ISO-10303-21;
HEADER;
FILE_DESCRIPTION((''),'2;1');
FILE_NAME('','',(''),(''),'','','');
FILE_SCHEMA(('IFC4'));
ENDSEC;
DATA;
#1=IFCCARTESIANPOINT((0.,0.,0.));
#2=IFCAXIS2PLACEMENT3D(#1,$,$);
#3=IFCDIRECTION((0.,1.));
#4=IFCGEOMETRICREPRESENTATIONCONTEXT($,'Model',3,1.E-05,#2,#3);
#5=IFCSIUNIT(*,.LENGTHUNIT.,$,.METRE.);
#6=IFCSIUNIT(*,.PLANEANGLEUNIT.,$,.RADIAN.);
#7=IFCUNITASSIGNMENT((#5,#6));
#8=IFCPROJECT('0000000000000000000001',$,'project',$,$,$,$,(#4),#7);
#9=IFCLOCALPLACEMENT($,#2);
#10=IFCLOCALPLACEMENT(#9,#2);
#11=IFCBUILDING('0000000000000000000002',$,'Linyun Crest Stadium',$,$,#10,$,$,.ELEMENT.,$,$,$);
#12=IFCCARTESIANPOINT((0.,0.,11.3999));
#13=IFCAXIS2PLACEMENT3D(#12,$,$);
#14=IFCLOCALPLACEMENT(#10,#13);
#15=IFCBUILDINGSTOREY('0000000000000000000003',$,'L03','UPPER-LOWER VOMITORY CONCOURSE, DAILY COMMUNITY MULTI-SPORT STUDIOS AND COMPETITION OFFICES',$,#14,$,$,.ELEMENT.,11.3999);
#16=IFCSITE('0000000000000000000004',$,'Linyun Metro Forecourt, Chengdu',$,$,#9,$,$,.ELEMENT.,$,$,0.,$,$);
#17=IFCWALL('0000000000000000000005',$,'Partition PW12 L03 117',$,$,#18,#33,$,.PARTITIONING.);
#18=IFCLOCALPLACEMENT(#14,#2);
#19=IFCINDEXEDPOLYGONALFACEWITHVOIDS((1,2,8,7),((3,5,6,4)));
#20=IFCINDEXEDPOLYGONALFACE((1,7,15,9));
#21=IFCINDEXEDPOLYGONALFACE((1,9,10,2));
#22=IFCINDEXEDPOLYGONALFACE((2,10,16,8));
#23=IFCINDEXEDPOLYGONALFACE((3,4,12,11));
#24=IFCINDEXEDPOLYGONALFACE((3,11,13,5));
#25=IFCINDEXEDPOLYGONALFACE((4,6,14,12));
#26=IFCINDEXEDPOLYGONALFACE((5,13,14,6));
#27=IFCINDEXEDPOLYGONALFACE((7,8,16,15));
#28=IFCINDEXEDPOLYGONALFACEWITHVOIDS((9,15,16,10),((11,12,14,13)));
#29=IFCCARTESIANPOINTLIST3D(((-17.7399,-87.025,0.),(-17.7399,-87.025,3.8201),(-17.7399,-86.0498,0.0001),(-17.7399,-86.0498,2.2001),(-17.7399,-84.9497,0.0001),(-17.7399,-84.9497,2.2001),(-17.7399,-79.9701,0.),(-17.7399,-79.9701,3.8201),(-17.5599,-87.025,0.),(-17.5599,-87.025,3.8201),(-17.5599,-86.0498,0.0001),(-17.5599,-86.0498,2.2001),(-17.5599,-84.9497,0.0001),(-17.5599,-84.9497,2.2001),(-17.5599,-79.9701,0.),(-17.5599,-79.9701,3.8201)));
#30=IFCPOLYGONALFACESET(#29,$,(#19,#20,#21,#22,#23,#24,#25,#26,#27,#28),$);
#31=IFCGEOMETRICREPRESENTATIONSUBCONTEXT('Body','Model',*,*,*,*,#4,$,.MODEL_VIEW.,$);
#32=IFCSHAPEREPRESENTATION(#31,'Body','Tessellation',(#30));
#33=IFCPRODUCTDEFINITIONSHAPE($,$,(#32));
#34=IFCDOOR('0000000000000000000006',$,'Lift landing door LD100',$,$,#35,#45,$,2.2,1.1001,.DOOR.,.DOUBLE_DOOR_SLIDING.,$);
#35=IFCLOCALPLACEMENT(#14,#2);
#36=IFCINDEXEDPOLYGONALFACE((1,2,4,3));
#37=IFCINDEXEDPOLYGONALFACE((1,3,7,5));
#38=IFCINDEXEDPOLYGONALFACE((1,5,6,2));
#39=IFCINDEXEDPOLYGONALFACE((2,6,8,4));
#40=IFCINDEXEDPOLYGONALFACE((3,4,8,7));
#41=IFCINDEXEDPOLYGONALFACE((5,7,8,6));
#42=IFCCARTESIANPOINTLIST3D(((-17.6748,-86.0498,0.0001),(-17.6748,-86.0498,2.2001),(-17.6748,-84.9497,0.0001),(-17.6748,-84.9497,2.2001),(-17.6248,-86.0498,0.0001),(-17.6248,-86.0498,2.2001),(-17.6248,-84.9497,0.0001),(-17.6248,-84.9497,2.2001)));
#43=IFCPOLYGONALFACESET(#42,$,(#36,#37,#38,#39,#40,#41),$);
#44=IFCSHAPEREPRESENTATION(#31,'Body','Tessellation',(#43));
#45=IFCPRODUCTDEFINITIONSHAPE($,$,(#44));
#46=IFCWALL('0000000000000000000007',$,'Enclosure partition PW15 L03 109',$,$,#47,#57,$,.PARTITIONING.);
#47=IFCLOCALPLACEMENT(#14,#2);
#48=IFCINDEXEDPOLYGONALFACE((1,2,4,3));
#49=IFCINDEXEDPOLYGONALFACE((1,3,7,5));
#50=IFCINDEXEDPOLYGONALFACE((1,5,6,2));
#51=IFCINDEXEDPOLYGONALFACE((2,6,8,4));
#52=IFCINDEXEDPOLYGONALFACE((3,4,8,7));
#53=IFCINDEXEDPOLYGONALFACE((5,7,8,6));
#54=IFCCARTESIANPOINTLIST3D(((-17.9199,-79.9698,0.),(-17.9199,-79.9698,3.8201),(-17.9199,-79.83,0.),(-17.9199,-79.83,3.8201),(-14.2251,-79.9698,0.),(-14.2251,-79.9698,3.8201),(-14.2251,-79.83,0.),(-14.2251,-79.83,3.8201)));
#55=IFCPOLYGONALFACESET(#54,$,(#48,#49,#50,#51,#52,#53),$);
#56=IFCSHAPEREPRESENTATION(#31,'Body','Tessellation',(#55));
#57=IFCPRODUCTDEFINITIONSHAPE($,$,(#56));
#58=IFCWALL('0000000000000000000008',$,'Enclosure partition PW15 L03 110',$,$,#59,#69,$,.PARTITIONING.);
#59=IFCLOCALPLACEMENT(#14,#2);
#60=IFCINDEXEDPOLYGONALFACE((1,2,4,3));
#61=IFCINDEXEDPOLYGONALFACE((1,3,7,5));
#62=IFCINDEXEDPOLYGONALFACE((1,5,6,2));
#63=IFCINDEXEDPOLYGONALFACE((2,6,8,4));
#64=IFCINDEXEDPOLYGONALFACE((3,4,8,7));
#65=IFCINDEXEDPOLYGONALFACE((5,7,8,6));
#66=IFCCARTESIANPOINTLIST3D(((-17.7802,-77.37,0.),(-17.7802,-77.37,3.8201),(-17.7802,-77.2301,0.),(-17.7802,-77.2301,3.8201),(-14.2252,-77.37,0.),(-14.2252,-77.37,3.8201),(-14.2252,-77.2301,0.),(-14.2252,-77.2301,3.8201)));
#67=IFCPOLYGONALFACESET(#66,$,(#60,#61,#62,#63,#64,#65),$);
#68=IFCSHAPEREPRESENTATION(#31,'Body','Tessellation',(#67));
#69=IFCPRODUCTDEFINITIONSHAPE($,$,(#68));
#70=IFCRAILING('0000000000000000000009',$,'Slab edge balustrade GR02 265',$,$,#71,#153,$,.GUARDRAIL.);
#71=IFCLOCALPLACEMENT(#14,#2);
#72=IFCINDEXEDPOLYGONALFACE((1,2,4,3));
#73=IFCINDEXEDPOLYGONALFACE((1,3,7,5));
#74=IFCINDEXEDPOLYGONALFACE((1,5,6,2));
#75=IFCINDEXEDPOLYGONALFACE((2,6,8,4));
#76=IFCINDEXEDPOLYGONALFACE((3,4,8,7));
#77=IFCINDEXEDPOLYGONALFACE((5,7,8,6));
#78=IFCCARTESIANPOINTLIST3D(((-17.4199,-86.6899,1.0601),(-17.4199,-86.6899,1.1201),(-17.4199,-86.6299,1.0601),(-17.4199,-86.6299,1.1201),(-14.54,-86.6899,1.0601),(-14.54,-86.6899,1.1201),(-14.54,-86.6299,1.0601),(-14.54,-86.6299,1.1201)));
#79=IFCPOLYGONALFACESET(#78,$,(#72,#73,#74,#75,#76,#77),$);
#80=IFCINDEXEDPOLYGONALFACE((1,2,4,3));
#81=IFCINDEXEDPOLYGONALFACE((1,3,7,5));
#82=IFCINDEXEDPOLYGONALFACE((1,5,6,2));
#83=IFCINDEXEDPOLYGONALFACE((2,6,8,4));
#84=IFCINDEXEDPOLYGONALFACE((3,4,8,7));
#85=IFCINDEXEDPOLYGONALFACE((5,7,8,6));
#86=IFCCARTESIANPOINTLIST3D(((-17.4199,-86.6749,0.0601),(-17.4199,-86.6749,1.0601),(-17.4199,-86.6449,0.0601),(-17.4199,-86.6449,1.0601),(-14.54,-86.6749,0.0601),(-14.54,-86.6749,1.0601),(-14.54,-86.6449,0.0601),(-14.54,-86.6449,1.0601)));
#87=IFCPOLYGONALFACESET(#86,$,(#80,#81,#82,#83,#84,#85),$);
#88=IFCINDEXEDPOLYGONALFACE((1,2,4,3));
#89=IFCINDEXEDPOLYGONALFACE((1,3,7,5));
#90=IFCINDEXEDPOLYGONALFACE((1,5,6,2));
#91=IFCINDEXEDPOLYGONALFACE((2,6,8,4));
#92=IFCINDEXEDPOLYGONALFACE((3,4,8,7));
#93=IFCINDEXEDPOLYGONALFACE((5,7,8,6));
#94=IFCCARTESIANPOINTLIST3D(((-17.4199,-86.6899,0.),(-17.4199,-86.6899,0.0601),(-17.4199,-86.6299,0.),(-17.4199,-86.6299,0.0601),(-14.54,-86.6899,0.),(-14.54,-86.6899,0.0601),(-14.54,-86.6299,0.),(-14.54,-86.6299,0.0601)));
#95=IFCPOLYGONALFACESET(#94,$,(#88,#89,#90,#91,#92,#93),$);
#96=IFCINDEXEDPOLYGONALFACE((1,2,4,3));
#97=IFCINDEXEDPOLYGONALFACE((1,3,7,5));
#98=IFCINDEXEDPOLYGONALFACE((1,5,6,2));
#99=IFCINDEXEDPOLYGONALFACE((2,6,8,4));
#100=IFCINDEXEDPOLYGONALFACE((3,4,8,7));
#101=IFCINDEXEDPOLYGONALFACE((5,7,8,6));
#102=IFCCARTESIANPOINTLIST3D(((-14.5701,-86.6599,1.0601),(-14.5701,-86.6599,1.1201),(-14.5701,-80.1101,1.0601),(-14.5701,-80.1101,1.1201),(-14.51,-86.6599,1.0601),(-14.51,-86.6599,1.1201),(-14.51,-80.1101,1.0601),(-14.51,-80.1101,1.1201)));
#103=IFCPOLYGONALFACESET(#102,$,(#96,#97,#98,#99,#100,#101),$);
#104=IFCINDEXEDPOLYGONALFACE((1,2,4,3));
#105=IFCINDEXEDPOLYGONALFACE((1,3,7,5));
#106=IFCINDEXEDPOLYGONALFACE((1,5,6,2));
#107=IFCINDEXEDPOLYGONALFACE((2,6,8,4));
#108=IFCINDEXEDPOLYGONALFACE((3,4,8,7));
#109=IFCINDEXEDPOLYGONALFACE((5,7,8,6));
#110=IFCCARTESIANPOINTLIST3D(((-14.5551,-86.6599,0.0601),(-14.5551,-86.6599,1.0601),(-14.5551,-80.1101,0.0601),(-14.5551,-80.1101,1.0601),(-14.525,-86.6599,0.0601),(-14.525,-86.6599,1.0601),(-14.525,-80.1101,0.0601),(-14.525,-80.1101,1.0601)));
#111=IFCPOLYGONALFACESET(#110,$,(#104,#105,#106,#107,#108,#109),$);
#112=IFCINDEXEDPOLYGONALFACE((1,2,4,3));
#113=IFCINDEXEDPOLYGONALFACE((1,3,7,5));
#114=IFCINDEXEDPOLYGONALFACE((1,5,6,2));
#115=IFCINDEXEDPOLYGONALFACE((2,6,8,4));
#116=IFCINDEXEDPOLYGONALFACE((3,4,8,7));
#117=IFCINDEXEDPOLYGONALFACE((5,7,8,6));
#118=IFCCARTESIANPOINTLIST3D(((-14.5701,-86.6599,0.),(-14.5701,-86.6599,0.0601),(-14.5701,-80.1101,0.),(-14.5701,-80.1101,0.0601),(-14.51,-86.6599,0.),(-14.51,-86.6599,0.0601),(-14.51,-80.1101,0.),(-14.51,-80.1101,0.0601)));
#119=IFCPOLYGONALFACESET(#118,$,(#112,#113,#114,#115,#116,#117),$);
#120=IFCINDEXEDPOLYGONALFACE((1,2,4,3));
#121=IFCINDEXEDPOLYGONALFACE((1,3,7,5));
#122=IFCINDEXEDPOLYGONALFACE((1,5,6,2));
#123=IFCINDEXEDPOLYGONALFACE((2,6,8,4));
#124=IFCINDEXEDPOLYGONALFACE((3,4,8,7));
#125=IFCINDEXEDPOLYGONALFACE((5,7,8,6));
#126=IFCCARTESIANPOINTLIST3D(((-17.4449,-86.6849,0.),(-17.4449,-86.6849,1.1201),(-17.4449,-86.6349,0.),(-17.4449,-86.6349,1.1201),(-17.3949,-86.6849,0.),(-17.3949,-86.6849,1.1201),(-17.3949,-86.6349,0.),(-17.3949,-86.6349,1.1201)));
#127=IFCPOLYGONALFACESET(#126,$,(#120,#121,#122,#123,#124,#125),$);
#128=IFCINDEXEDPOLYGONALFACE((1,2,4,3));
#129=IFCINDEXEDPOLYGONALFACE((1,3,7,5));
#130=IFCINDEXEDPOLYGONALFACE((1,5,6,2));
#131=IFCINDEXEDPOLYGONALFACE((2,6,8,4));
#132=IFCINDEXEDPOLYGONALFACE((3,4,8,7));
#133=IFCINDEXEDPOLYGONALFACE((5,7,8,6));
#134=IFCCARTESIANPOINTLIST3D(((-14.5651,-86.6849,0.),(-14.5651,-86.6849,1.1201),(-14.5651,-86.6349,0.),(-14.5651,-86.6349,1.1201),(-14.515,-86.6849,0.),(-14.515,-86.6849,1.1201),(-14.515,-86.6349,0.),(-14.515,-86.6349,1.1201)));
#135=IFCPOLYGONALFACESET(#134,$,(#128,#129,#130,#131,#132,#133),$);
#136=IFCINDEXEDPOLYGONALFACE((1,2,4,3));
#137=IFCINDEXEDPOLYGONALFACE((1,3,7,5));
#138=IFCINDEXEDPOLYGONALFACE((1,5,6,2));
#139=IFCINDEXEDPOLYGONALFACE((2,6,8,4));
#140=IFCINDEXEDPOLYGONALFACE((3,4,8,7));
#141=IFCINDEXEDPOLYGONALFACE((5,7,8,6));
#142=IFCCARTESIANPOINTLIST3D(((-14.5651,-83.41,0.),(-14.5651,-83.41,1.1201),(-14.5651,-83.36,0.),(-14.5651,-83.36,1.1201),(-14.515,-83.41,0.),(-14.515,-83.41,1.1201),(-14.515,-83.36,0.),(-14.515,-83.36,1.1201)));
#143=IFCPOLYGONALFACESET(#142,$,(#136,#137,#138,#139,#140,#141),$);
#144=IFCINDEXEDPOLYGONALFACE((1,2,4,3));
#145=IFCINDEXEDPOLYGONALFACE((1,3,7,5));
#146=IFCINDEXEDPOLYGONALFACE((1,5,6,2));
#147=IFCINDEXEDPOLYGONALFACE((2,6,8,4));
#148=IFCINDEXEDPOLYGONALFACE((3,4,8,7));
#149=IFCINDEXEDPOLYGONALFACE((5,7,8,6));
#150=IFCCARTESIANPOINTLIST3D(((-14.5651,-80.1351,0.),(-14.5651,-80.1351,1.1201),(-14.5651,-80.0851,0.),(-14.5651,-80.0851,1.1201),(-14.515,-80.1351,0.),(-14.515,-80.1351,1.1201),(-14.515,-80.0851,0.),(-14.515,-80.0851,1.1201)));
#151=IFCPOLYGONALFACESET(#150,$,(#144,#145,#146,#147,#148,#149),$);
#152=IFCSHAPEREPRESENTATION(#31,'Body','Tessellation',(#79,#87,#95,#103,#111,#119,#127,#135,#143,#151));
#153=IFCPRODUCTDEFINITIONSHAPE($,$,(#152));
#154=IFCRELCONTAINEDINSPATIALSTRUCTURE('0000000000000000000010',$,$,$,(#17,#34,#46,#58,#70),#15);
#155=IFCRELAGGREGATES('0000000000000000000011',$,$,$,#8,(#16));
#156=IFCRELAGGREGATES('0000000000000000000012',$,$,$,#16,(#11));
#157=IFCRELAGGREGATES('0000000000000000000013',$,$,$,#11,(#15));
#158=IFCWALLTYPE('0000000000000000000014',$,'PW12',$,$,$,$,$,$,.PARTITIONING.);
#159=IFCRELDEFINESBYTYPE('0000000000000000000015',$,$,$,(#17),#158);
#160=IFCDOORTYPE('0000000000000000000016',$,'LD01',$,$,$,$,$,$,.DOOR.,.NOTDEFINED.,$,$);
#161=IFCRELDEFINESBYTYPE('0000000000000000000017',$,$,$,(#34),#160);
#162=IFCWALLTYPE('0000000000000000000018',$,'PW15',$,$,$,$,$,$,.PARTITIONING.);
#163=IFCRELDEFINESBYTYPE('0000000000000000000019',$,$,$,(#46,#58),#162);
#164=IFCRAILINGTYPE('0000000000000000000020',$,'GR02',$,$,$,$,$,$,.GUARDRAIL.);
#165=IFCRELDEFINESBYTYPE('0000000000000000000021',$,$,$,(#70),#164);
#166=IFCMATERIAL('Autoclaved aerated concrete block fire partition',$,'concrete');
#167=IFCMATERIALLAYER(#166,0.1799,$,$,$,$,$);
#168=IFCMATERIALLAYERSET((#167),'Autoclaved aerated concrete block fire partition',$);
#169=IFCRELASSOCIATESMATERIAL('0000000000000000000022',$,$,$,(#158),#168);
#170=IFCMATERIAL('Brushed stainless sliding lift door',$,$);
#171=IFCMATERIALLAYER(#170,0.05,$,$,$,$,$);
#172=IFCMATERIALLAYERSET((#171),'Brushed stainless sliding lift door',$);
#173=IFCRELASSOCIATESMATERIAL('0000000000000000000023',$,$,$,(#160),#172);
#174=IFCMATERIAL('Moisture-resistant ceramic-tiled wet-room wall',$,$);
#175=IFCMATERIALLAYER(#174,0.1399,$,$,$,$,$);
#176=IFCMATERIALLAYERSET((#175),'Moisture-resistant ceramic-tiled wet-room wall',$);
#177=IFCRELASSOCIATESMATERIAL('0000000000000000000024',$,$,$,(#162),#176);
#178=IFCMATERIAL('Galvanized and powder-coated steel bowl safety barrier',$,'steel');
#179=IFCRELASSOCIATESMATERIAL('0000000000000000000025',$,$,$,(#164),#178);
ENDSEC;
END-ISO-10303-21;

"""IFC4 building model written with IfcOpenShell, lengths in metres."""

from ifc_helpers import new_model, si_unit, direction, frame, frame_2d, origin, origin_2d, place, context, subcontext, project, spatial, rectangle, extrude, material, layer, layer_set, type_object, element, fill, save


model = new_model("IFC4")

# Units and contexts
model_context = context("Model", 3, precision=1e-05, world=origin(), true_north=direction((0.0, 1.0)))
body_context = subcontext(model_context, "Body", "Model", "MODEL_VIEW")
ifc_project = project(units=[si_unit("LENGTHUNIT", "METRE"), si_unit("PLANEANGLEUNIT", "RADIAN")], contexts=[model_context])

# Site, building, storey
site_placement = place(None, origin())
site = spatial("IfcSite", under=ifc_project, at=site_placement, Name="Linyun Metro Forecourt, Chengdu", CompositionType="ELEMENT", RefElevation=0.0)
building_placement = place(site_placement, origin())
building = spatial("IfcBuilding", under=site, at=building_placement, Name="Linyun Crest Stadium", CompositionType="ELEMENT")
storey_placement = place(building_placement, frame((0.0, 0.0, 11.3999)))
storey = spatial("IfcBuildingStorey", under=building, at=storey_placement, Name="L03", Description="UPPER-LOWER VOMITORY CONCOURSE, DAILY COMMUNITY MULTI-SPORT STUDIOS AND COMPETITION OFFICES", CompositionType="ELEMENT", Elevation=11.3999)

# Wall, opening, door
ifc_material_1 = material(Name="Autoclaved aerated concrete block fire partition", Category="concrete")
ifc_layer_1 = layer(ifc_material_1, 0.1799)
ifc_layer_set_1 = layer_set([ifc_layer_1], Name="Autoclaved aerated concrete block fire partition")
wall_type_1 = type_object("IfcWallType", Name="PW12", PredefinedType="PARTITIONING", material=ifc_layer_set_1)
wall_1_placement = place(storey_placement, frame((-17.6499, -87.0249, 0.0), z_axis=(0.0, 0.0, 1.0), x_axis=(0.0, 1.0, 0.0)))
wall_1 = element("IfcWall", 1, at=wall_1_placement, inside=storey, type_object=wall_type_1, Name="Partition PW12 L03 117", PredefinedType="PARTITIONING", context=body_context, shape_type="SweptSolid", body=[
    extrude(rectangle(XDim=7.0549, YDim=0.1799, at=frame_2d((3.5273, 0.0))), origin(), (0.0, 0.0, 1.0), 3.8201),
])
opening_1_placement = place(wall_1_placement, frame((0.9751, 0.0, 0.0)))
opening_1 = element("IfcOpeningElement", 2, at=opening_1_placement, cuts=wall_1, PredefinedType="OPENING", context=body_context, shape_type="SweptSolid", body=[
    extrude(rectangle(XDim=1.1001, YDim=2.2, at=frame_2d((0.55, 1.1001))), frame((0.0, 0.0999, 0.0), z_axis=(0.0, -1.0, 0.0), x_axis=(1.0, 0.0, 0.0)), (0.0, 0.0, 1.0), 0.2),
])
ifc_material_2 = material(Name="Brushed stainless sliding lift door")
ifc_layer_2 = layer(ifc_material_2, 0.05)
ifc_layer_set_2 = layer_set([ifc_layer_2], Name="Brushed stainless sliding lift door")
door_type_1 = type_object("IfcDoorType", Name="LD01", OperationType="NOTDEFINED", PredefinedType="DOOR", material=ifc_layer_set_2)
door_1_placement = place(opening_1_placement, origin())
door_1 = element("IfcDoor", 3, at=door_1_placement, inside=storey, type_object=door_type_1, Name="Lift landing door LD100", OperationType="DOUBLE_DOOR_SLIDING", OverallHeight=2.2, OverallWidth=1.1001, PredefinedType="DOOR", context=body_context, shape_type="SweptSolid", body=[
    extrude(rectangle(XDim=1.1001, YDim=2.2, at=frame_2d((0.55, 1.1001))), frame((0.0, 0.0249, 0.0), z_axis=(0.0, -1.0, 0.0), x_axis=(1.0, 0.0, 0.0)), (0.0, 0.0, 1.0), 0.05),
])
fill(opening_1, door_1)

# Shared definitions
ifc_material_3 = material(Name="Moisture-resistant ceramic-tiled wet-room wall")
ifc_layer_3 = layer(ifc_material_3, 0.1399)
ifc_layer_set_3 = layer_set([ifc_layer_3], Name="Moisture-resistant ceramic-tiled wet-room wall")
wall_type_2 = type_object("IfcWallType", Name="PW15", PredefinedType="PARTITIONING", material=ifc_layer_set_3)

# Walls
wall_2_placement = place(storey_placement, frame((-17.9199, -79.8999, 0.0), z_axis=(0.0, 0.0, 1.0), x_axis=(1.0, 0.0, 0.0)))
element("IfcWall", 4, at=wall_2_placement, inside=storey, type_object=wall_type_2, Name="Enclosure partition PW15 L03 109", PredefinedType="PARTITIONING", context=body_context, shape_type="SweptSolid", body=[
    extrude(rectangle(XDim=3.6948, YDim=0.1399, at=frame_2d((1.8474, 0.0))), origin(), (0.0, 0.0, 1.0), 3.8201),
])
wall_3_placement = place(storey_placement, frame((-17.78, -77.3, 0.0), z_axis=(0.0, 0.0, 1.0), x_axis=(1.0, 0.0, 0.0)))
element("IfcWall", 5, at=wall_3_placement, inside=storey, type_object=wall_type_2, Name="Enclosure partition PW15 L03 110", PredefinedType="PARTITIONING", context=body_context, shape_type="SweptSolid", body=[
    extrude(rectangle(XDim=3.5549, YDim=0.1399, at=frame_2d((1.7773, 0.0))), origin(), (0.0, 0.0, 1.0), 3.8201),
])

# Railing
ifc_material_4 = material(Name="Galvanized and powder-coated steel bowl safety barrier", Category="steel")
railing_type = type_object("IfcRailingType", Name="GR02", PredefinedType="GUARDRAIL", material=ifc_material_4)
railing_placement = place(storey_placement, frame((-17.4199, -86.6599, 0.0)))
element("IfcRailing", 6, at=railing_placement, inside=storey, type_object=railing_type, Name="Slab edge balustrade GR02 265", PredefinedType="GUARDRAIL", context=body_context, shape_type="SweptSolid", body=[
    extrude(rectangle(XDim=0.0601, YDim=0.0601, at=origin_2d()), frame((0.0, 0.0, 1.0901), z_axis=(1.0, 0.0, 0.0), x_axis=(0.0, 1.0, 0.0)), (0.0, 0.0, 1.0), 2.8799),
    extrude(rectangle(XDim=0.03, YDim=1.0, at=origin_2d()), frame((0.0, 0.0, 0.5601), z_axis=(1.0, 0.0, 0.0), x_axis=(0.0, 1.0, 0.0)), (0.0, 0.0, 1.0), 2.8799),
    extrude(rectangle(XDim=0.0601, YDim=0.0601, at=origin_2d()), frame((0.0, 0.0, 0.03), z_axis=(1.0, 0.0, 0.0), x_axis=(0.0, 1.0, 0.0)), (0.0, 0.0, 1.0), 2.8799),
    extrude(rectangle(XDim=0.0601, YDim=0.0601, at=origin_2d()), frame((2.8799, 0.0, 1.0901), z_axis=(0.0, 1.0, 0.0), x_axis=(-1.0, 0.0, 0.0)), (0.0, 0.0, 1.0), 6.5498),
    extrude(rectangle(XDim=0.03, YDim=1.0, at=origin_2d()), frame((2.8799, 0.0, 0.5601), z_axis=(0.0, 1.0, 0.0), x_axis=(-1.0, 0.0, 0.0)), (0.0, 0.0, 1.0), 6.5498),
    extrude(rectangle(XDim=0.0601, YDim=0.0601, at=origin_2d()), frame((2.8799, 0.0, 0.03), z_axis=(0.0, 1.0, 0.0), x_axis=(-1.0, 0.0, 0.0)), (0.0, 0.0, 1.0), 6.5498),
    extrude(rectangle(XDim=0.05, YDim=0.05, at=origin_2d()), origin(), (0.0, 0.0, 1.0), 1.1201),
    extrude(rectangle(XDim=0.05, YDim=0.05, at=origin_2d()), frame((2.8799, 0.0, 0.0)), (0.0, 0.0, 1.0), 1.1201),
    extrude(rectangle(XDim=0.05, YDim=0.05, at=origin_2d()), frame((2.8799, 3.2749, 0.0)), (0.0, 0.0, 1.0), 1.1201),
    extrude(rectangle(XDim=0.05, YDim=0.05, at=origin_2d()), frame((2.8799, 6.5498, 0.0)), (0.0, 0.0, 1.0), 1.1201),
])

save(model, "model.ifc")
